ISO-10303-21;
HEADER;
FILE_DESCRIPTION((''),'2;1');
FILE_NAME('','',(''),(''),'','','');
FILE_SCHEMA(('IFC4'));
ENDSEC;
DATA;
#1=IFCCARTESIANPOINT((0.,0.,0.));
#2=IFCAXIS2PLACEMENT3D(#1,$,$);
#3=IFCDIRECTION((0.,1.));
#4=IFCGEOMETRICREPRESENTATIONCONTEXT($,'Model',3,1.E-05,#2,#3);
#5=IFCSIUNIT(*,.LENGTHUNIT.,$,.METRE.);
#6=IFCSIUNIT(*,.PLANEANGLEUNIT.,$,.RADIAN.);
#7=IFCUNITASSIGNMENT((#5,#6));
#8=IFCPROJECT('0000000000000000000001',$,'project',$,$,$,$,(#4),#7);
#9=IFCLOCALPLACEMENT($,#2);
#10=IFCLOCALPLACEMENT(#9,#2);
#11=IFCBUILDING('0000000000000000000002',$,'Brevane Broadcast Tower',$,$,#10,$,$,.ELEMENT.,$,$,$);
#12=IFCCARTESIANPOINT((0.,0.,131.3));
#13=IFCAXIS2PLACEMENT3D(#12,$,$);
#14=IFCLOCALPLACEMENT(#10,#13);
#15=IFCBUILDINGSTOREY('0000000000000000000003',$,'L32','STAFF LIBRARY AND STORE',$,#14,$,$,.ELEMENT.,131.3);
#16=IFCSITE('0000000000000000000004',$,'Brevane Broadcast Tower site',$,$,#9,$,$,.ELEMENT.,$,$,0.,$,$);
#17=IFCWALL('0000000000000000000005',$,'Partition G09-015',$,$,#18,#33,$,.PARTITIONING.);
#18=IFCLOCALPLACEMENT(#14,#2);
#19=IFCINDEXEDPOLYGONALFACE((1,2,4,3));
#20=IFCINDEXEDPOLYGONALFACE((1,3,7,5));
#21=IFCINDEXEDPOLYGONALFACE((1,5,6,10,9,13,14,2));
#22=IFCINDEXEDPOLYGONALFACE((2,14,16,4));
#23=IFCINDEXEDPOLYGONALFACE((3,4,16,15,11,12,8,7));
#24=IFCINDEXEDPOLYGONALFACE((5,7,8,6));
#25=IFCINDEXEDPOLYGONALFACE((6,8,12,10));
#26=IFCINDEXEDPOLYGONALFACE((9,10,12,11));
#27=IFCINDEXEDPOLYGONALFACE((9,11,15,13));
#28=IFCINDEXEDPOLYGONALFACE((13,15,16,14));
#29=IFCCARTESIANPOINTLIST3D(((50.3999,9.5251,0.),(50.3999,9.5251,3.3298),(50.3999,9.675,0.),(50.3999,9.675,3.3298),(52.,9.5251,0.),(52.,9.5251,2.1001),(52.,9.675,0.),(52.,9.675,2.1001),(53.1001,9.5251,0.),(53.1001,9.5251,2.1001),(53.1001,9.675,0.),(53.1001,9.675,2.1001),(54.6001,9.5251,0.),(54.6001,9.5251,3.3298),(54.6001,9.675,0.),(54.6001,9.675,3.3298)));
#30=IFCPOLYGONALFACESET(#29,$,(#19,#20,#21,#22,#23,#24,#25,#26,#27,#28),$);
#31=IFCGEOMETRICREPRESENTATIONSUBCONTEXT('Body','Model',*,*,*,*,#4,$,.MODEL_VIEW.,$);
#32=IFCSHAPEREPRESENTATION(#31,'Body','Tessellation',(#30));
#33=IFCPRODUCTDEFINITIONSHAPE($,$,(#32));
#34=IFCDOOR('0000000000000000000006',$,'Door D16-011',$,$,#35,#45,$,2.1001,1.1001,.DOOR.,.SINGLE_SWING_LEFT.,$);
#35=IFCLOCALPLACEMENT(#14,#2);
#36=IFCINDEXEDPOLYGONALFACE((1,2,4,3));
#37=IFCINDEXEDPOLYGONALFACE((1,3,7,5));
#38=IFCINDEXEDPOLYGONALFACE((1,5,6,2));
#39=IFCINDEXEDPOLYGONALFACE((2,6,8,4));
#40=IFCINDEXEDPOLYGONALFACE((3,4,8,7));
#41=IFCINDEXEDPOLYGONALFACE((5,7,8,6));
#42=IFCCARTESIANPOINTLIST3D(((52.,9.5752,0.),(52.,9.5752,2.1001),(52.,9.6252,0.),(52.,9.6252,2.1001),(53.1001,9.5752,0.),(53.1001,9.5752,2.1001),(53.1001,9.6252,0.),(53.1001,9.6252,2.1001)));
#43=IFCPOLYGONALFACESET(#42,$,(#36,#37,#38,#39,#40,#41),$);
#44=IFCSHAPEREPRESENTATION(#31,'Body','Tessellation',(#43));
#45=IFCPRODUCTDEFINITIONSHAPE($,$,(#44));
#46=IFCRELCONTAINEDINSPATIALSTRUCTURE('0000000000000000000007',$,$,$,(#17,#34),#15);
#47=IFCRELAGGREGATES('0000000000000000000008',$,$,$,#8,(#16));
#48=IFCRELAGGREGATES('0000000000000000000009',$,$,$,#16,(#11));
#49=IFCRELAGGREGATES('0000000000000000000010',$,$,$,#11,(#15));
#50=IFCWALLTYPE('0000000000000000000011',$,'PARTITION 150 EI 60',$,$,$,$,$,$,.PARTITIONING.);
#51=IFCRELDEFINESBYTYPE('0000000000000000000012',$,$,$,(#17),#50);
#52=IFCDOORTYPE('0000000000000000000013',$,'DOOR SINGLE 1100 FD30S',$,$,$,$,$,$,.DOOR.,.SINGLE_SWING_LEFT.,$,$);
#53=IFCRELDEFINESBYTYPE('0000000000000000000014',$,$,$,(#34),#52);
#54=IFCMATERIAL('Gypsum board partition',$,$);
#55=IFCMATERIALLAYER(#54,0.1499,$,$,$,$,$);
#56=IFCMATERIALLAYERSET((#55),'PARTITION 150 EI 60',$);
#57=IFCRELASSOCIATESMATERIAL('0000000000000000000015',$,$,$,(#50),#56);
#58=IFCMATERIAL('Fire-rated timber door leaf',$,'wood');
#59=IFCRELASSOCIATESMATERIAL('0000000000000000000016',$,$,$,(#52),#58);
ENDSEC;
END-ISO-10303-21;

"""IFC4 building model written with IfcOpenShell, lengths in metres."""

from ifc_helpers import new_model, si_unit, direction, frame, frame_2d, origin, place, context, subcontext, project, spatial, rectangle, extrude, material, layer, layer_set, type_object, element, fill, save


model = new_model("IFC4")

# Units and contexts
model_context = context("Model", 3, precision=1e-05, world=origin(), true_north=direction((0.0, 1.0)))
body_context = subcontext(model_context, "Body", "Model", "MODEL_VIEW")
ifc_project = project(units=[si_unit("LENGTHUNIT", "METRE"), si_unit("PLANEANGLEUNIT", "RADIAN")], contexts=[model_context])

# Site, building, storey
site_placement = place(None, origin())
site = spatial("IfcSite", under=ifc_project, at=site_placement, Name="Brevane Broadcast Tower site", CompositionType="ELEMENT", RefElevation=0.0)
building_placement = place(site_placement, origin())
building = spatial("IfcBuilding", under=site, at=building_placement, Name="Brevane Broadcast Tower", CompositionType="ELEMENT")
storey_placement = place(building_placement, frame((0.0, 0.0, 131.3)))
storey = spatial("IfcBuildingStorey", under=building, at=storey_placement, Name="L32", Description="STAFF LIBRARY AND STORE", CompositionType="ELEMENT", Elevation=131.3)

# Shared definitions
ifc_material_1 = material(Name="Gypsum board partition")
ifc_layer_1 = layer(ifc_material_1, 0.1499)
ifc_layer_set_1 = layer_set([ifc_layer_1], Name="PARTITION 150 EI 60")
wall_type_1 = type_object("IfcWallType", Name="PARTITION 150 EI 60", PredefinedType="PARTITIONING", material=ifc_layer_set_1)

# Wall, opening, door
wall_1_placement = place(storey_placement, frame((54.6001, 9.6001, 0.0), z_axis=(0.0, 0.0, 1.0), x_axis=(-1.0, 0.0, 0.0)))
wall_1 = element("IfcWall", 1, at=wall_1_placement, inside=storey, type_object=wall_type_1, Name="Partition G09-015", PredefinedType="PARTITIONING", context=body_context, shape_type="SweptSolid", body=[
    extrude(rectangle(XDim=4.2002, YDim=0.1499, at=frame_2d((2.1001, 0.0))), origin(), (0.0, 0.0, 1.0), 3.3298),
])
opening_placement = place(wall_1_placement, frame((1.5, 0.0, 0.0)))
opening = element("IfcOpeningElement", 2, at=opening_placement, cuts=wall_1, PredefinedType="OPENING", context=body_context, shape_type="SweptSolid", body=[
    extrude(rectangle(XDim=1.1001, YDim=2.1001, at=frame_2d((0.55, 1.05))), frame((0.0, 0.085, 0.0), z_axis=(0.0, -1.0, 0.0), x_axis=(1.0, 0.0, 0.0)), (0.0, 0.0, 1.0), 0.1699),
])
ifc_material_2 = material(Name="Fire-rated timber door leaf", Category="wood")
door_type = type_object("IfcDoorType", Name="DOOR SINGLE 1100 FD30S", OperationType="SINGLE_SWING_LEFT", PredefinedType="DOOR", material=ifc_material_2)
door_placement = place(opening_placement, origin())
door = element("IfcDoor", 3, at=door_placement, inside=storey, type_object=door_type, Name="Door D16-011", OperationType="SINGLE_SWING_LEFT", OverallHeight=2.1001, OverallWidth=1.1001, PredefinedType="DOOR", context=body_context, shape_type="SweptSolid", body=[
    extrude(rectangle(XDim=1.1001, YDim=2.1001, at=frame_2d((0.55, 1.05))), frame((0.0, 0.0249, 0.0), z_axis=(0.0, -1.0, 0.0), x_axis=(1.0, 0.0, 0.0)), (0.0, 0.0, 1.0), 0.05),
])
fill(opening, door)

save(model, "model.ifc")
